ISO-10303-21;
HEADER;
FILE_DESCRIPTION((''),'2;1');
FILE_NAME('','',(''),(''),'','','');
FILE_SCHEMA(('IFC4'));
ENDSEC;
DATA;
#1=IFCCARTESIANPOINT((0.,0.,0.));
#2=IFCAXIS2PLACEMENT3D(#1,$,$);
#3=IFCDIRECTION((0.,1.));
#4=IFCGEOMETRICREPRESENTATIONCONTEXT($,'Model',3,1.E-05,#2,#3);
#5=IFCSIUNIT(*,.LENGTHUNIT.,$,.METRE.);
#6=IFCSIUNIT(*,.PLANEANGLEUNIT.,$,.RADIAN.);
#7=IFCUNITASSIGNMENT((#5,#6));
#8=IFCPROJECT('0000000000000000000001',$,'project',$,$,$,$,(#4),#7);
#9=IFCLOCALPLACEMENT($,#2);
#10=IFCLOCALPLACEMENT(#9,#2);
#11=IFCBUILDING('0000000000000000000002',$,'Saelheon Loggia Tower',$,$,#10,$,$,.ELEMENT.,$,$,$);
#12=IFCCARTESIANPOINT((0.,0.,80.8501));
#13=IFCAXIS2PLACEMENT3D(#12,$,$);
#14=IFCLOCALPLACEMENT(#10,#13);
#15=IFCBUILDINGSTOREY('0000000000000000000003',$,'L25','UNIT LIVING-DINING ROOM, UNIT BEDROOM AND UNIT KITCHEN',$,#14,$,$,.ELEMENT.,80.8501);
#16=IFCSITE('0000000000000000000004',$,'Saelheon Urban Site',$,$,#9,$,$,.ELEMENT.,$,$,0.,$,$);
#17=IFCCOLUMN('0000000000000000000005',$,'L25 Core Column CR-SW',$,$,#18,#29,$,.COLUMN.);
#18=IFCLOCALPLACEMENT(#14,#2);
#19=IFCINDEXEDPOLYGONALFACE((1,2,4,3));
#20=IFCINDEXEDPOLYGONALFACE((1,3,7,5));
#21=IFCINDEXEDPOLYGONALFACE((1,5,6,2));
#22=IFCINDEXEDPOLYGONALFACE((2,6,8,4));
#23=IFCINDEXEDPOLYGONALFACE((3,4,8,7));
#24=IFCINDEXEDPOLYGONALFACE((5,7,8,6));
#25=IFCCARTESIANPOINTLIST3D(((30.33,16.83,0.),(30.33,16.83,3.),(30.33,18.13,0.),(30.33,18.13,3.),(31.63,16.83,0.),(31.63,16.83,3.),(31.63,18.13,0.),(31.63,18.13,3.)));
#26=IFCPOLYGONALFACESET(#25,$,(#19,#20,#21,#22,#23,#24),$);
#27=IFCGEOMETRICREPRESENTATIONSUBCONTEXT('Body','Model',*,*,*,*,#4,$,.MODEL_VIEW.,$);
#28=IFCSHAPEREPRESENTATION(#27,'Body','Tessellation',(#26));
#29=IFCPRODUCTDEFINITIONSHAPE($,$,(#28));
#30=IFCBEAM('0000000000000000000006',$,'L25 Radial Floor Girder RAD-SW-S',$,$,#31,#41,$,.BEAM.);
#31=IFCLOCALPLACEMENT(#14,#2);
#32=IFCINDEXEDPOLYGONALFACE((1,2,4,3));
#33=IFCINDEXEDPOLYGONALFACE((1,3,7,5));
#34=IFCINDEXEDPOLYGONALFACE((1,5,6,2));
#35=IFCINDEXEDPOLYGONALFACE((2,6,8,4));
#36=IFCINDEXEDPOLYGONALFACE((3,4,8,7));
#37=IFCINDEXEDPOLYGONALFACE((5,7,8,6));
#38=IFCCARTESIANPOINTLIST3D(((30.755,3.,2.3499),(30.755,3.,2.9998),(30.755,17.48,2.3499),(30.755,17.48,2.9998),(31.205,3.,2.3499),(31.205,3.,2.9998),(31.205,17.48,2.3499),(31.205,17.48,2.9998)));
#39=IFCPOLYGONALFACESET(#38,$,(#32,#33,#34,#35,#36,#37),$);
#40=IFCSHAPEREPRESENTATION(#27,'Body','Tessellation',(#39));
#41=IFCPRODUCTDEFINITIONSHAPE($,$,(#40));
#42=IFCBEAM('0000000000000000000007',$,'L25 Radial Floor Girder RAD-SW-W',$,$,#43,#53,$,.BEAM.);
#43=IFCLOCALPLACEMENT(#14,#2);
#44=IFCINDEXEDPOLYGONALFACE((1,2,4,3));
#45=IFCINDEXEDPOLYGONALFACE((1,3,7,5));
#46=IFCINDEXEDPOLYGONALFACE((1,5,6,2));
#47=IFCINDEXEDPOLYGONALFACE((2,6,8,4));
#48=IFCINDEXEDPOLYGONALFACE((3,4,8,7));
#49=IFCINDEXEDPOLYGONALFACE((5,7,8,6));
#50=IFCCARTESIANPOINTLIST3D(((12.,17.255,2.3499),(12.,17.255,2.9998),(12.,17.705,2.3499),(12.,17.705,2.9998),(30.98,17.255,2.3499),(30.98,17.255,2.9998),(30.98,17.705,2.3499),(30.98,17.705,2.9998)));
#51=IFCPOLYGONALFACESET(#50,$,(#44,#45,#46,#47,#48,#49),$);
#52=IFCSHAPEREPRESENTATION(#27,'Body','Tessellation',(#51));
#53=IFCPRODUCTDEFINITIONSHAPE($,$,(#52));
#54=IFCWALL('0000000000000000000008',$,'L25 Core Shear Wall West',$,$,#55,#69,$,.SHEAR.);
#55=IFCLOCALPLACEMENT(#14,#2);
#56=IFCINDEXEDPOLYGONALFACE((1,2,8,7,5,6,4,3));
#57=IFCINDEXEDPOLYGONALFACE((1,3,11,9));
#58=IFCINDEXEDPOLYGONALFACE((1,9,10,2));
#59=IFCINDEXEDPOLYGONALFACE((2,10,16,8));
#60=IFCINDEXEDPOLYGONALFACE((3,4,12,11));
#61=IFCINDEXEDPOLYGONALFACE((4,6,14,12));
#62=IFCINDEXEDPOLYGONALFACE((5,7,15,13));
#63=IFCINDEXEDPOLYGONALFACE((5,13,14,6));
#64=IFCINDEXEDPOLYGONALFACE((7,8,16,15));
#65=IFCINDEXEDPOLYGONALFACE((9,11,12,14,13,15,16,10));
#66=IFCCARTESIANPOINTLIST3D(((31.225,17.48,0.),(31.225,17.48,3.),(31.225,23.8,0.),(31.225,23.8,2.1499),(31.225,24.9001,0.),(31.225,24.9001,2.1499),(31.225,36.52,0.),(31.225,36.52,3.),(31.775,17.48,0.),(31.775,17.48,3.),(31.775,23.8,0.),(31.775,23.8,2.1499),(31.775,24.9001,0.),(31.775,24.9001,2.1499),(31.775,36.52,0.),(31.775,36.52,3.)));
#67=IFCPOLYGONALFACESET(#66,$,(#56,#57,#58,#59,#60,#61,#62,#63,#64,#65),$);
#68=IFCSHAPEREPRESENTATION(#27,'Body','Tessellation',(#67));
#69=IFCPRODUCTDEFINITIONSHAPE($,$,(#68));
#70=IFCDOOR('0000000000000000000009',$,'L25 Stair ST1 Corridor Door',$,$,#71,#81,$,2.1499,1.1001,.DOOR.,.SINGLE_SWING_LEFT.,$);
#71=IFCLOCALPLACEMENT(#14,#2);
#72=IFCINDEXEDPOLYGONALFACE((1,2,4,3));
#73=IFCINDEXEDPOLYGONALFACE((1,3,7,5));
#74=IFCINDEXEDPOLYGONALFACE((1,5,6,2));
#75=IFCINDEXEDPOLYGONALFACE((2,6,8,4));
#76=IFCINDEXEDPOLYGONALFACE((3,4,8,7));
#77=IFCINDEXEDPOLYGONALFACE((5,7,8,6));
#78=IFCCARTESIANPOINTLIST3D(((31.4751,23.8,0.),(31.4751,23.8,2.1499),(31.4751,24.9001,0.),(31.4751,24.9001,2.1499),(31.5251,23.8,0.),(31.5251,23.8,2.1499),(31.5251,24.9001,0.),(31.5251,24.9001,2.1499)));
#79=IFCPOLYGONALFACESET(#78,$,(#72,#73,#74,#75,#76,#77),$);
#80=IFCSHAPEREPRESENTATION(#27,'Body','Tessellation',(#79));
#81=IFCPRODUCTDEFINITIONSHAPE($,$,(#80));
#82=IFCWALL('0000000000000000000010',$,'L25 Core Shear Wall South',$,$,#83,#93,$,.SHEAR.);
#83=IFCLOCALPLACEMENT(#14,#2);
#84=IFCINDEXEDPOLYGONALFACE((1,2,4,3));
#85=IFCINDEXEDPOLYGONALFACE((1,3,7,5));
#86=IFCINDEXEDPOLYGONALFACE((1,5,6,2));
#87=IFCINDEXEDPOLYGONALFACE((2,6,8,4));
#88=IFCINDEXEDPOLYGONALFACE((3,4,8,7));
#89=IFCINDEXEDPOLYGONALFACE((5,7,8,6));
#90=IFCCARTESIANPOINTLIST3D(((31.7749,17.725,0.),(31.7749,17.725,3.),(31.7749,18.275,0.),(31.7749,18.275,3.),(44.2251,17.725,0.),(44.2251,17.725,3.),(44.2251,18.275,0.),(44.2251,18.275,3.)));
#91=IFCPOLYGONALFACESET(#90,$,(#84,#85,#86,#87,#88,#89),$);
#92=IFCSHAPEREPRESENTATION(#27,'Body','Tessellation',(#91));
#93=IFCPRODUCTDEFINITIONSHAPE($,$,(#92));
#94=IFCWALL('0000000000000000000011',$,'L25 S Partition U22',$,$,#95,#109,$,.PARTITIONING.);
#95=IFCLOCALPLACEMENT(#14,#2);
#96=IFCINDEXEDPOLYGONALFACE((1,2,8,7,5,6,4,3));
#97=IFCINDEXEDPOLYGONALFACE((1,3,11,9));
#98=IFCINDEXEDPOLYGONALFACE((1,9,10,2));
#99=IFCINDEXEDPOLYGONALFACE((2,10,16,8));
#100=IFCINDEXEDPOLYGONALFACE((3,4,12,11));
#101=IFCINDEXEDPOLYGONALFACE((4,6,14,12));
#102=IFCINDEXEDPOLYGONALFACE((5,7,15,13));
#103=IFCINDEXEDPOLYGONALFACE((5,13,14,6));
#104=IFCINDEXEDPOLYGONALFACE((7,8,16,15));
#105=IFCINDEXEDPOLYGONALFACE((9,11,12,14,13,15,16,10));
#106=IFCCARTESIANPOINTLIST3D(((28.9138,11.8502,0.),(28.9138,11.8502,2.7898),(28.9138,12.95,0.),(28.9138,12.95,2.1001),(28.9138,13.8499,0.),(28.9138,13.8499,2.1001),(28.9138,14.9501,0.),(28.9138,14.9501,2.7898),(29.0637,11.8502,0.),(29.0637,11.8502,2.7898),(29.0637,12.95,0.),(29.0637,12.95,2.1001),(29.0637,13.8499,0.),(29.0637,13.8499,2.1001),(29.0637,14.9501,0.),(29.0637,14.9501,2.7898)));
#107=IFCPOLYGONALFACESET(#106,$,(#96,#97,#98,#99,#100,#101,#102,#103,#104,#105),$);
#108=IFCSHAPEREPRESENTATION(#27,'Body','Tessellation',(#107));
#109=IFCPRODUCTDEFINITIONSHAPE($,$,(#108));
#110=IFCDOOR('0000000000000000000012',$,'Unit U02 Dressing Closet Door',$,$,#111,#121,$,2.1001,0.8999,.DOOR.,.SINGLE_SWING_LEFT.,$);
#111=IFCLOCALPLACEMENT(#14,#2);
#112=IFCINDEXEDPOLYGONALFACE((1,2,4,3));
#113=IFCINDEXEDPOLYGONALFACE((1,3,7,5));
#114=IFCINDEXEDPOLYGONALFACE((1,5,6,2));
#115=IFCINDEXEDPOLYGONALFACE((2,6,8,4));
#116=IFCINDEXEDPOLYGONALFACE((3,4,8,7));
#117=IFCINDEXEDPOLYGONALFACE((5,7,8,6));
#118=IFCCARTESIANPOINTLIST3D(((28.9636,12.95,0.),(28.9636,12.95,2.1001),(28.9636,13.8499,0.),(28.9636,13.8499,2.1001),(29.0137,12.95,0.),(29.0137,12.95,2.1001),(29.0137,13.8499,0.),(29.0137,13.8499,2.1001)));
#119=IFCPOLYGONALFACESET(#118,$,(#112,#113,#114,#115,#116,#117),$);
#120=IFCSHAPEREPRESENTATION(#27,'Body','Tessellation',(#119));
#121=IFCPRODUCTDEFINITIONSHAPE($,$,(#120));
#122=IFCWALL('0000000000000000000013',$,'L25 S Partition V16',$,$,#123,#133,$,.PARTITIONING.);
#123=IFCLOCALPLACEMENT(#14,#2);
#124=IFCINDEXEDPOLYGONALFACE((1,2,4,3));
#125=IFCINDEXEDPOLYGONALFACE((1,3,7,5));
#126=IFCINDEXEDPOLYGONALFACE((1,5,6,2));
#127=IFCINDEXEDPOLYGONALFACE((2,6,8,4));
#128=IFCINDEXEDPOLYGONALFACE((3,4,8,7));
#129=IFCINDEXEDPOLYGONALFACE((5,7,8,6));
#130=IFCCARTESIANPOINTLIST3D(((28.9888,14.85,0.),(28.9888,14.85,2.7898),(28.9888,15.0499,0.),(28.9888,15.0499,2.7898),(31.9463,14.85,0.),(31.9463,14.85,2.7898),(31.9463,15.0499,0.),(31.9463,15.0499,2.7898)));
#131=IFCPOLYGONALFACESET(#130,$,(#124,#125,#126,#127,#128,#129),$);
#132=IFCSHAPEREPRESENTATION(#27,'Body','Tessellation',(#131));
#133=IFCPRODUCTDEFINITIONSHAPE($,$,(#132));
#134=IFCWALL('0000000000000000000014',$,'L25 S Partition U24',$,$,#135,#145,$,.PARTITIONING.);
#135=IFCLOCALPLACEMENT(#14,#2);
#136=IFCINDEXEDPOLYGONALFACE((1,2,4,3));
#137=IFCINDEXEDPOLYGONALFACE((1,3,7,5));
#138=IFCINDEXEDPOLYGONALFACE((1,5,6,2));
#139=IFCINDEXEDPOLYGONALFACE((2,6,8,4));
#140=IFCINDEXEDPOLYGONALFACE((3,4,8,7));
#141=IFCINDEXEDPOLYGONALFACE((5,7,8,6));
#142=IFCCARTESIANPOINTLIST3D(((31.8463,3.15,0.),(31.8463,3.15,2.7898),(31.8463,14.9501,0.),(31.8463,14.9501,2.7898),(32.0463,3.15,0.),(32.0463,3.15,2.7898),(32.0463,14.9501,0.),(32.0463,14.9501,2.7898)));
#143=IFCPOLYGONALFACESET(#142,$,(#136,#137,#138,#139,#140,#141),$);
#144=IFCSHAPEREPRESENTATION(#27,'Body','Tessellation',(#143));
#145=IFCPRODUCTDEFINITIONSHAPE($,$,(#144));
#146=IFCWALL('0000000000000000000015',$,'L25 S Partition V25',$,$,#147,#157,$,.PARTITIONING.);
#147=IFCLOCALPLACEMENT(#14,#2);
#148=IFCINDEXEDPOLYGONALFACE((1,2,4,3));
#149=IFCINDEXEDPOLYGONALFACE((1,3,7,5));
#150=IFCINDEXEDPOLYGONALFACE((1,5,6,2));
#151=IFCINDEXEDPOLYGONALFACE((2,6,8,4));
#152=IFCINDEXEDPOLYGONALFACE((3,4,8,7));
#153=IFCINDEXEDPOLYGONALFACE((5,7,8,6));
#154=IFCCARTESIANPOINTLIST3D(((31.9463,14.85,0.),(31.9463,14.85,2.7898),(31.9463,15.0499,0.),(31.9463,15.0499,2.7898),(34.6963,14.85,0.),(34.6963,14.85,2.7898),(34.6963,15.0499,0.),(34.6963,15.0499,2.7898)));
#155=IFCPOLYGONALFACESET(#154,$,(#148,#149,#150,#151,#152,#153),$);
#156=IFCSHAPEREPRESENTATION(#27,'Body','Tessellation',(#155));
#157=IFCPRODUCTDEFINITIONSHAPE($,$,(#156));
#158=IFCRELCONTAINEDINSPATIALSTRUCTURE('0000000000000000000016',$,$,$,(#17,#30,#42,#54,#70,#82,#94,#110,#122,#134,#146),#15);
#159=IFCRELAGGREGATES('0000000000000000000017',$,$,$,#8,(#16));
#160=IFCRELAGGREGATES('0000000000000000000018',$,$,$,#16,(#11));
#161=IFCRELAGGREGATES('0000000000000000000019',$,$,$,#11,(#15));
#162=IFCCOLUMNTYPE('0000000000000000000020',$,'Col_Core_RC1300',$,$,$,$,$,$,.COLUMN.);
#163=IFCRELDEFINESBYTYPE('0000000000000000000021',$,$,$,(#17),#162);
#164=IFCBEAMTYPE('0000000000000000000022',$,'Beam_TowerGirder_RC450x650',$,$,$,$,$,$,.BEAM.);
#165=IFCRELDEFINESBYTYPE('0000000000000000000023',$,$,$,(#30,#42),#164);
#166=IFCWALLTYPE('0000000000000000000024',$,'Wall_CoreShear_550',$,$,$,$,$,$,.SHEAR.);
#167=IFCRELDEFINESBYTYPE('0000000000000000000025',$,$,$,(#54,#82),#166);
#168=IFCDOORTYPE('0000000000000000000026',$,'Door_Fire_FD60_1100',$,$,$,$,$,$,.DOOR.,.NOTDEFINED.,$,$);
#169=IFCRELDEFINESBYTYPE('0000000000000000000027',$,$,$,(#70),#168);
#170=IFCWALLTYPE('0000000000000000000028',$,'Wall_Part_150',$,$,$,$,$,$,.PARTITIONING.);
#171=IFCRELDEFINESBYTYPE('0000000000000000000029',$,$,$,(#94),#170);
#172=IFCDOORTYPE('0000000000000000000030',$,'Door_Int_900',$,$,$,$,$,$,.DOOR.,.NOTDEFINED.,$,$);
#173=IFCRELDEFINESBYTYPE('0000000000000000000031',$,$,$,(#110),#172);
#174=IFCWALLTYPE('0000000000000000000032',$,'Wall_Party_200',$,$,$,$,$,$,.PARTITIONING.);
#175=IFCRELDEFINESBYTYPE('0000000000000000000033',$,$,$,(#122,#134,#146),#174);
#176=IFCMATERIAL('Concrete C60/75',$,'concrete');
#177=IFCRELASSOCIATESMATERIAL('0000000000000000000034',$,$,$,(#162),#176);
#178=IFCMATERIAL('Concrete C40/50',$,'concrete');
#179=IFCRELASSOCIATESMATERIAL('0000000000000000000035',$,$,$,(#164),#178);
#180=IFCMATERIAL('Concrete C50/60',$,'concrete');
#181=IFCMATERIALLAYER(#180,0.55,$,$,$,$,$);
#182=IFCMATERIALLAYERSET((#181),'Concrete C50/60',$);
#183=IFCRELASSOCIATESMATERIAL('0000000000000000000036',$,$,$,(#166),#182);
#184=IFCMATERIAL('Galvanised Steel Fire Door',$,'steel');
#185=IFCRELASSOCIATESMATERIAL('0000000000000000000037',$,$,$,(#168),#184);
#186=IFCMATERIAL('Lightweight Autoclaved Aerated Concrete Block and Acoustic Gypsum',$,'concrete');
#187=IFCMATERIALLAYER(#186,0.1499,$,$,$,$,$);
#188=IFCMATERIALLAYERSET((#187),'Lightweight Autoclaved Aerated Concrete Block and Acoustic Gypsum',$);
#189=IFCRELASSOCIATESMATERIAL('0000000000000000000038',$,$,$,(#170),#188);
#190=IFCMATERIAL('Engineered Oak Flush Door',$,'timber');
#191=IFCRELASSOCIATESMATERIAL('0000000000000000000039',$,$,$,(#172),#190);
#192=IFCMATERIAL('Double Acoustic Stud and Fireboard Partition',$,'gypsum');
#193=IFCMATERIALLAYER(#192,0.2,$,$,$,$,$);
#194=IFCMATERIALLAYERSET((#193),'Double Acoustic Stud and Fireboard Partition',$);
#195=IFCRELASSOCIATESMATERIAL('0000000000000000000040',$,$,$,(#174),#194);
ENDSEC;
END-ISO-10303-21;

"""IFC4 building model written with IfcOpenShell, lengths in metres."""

from ifc_helpers import new_model, si_unit, direction, frame, frame_2d, origin, origin_2d, place, context, subcontext, project, spatial, rectangle, extrude, source, transform, mapped, material, layer, layer_set, material_profile, profile_set, type_object, element, fill, save


model = new_model("IFC4")

# Units and contexts
model_context = context("Model", 3, precision=1e-05, world=origin(), true_north=direction((0.0, 1.0)))
body_context = subcontext(model_context, "Body", "Model", "MODEL_VIEW")
ifc_project = project(units=[si_unit("LENGTHUNIT", "METRE"), si_unit("PLANEANGLEUNIT", "RADIAN")], contexts=[model_context])

# Site, building, storey
site_placement = place(None, origin())
site = spatial("IfcSite", under=ifc_project, at=site_placement, Name="Saelheon Urban Site", CompositionType="ELEMENT", RefElevation=0.0)
building_placement = place(site_placement, origin())
building = spatial("IfcBuilding", under=site, at=building_placement, Name="Saelheon Loggia Tower", CompositionType="ELEMENT")
storey_placement = place(building_placement, frame((0.0, 0.0, 80.8501)))
storey = spatial("IfcBuildingStorey", under=building, at=storey_placement, Name="L25", Description="UNIT LIVING-DINING ROOM, UNIT BEDROOM AND UNIT KITCHEN", CompositionType="ELEMENT", Elevation=80.8501)

# Column
ifc_material_1 = material(Name="Concrete C60/75", Category="concrete")
ifc_material_profile_1 = material_profile(ifc_material_1, rectangle(XDim=1.3, YDim=1.3, at=origin_2d()), Name="RC-1300x1300")
ifc_profile_set_1 = profile_set([ifc_material_profile_1], Name="Concrete C60/75")
column_type = type_object("IfcColumnType", Name="Col_Core_RC1300", PredefinedType="COLUMN", material=ifc_profile_set_1)
shared_shape_1 = source(origin(), body_context, "Body", "SweptSolid", [
    extrude(rectangle(XDim=1.3, YDim=1.3, at=origin_2d()), origin(), (0.0, 0.0, 1.0), 3.0),
])
column_placement = place(storey_placement, frame((30.98, 17.48, 0.0), z_axis=(0.0, 0.0, 1.0), x_axis=(1.0, 0.0, 0.0)))
element("IfcColumn", 1, at=column_placement, inside=storey, type_object=column_type, Name="L25 Core Column CR-SW", PredefinedType="COLUMN", context=body_context, shape_type="MappedRepresentation", body=[
    mapped(shared_shape_1, transform((0.0, 0.0, 0.0), scale=1.0)),
])

# Beams
ifc_material_2 = material(Name="Concrete C40/50", Category="concrete")
ifc_material_profile_2 = material_profile(ifc_material_2, rectangle(XDim=0.45, YDim=0.6499, at=origin_2d()), Name="RC-450x650")
ifc_profile_set_2 = profile_set([ifc_material_profile_2], Name="Concrete C40/50")
beam_type = type_object("IfcBeamType", Name="Beam_TowerGirder_RC450x650", PredefinedType="BEAM", material=ifc_profile_set_2)
shared_shape_2 = source(origin(), body_context, "Body", "SweptSolid", [
    extrude(rectangle(XDim=0.45, YDim=0.6499, at=origin_2d()), origin(), (0.0, 0.0, 1.0), 14.48),
])
beam_1_placement = place(storey_placement, frame((30.98, 17.48, 2.6748), z_axis=(0.0, -1.0, 0.0), x_axis=(1.0, 0.0, 0.0)))
element("IfcBeam", 2, at=beam_1_placement, inside=storey, type_object=beam_type, Name="L25 Radial Floor Girder RAD-SW-S", PredefinedType="BEAM", context=body_context, shape_type="MappedRepresentation", body=[
    mapped(shared_shape_2, transform((0.0, 0.0, 0.0), scale=1.0)),
])
shared_shape_3 = source(origin(), body_context, "Body", "SweptSolid", [
    extrude(rectangle(XDim=0.45, YDim=0.6499, at=origin_2d()), origin(), (0.0, 0.0, 1.0), 18.98),
])
beam_2_placement = place(storey_placement, frame((30.98, 17.48, 2.6748), z_axis=(-1.0, 0.0, 0.0), x_axis=(0.0, -1.0, 0.0)))
element("IfcBeam", 3, at=beam_2_placement, inside=storey, type_object=beam_type, Name="L25 Radial Floor Girder RAD-SW-W", PredefinedType="BEAM", context=body_context, shape_type="MappedRepresentation", body=[
    mapped(shared_shape_3, transform((0.0, 0.0, 0.0), scale=1.0)),
])

# Wall, opening, door
ifc_material_3 = material(Name="Concrete C50/60", Category="concrete")
ifc_layer_1 = layer(ifc_material_3, 0.55)
ifc_layer_set_1 = layer_set([ifc_layer_1], Name="Concrete C50/60")
wall_type_1 = type_object("IfcWallType", Name="Wall_CoreShear_550", PredefinedType="SHEAR", material=ifc_layer_set_1)
wall_1_placement = place(storey_placement, frame((31.5, 17.48, 0.0), z_axis=(0.0, 0.0, 1.0), x_axis=(0.0, 1.0, 0.0)))
wall_1 = element("IfcWall", 4, at=wall_1_placement, inside=storey, type_object=wall_type_1, Name="L25 Core Shear Wall West", PredefinedType="SHEAR", context=body_context, shape_type="SweptSolid", body=[
    extrude(rectangle(XDim=19.04, YDim=0.55, at=frame_2d((9.52, 0.0))), origin(), (0.0, 0.0, 1.0), 3.0),
])
opening_1_placement = place(wall_1_placement, frame((6.3201, 0.0, 0.0)))
opening_1 = element("IfcOpeningElement", 5, at=opening_1_placement, cuts=wall_1, PredefinedType="OPENING", context=body_context, shape_type="SweptSolid", body=[
    extrude(rectangle(XDim=1.1001, YDim=2.1499, at=frame_2d((0.55, 1.075))), frame((0.0, 0.2871, 0.0), z_axis=(0.0, -1.0, 0.0), x_axis=(1.0, 0.0, 0.0)), (0.0, 0.0, 1.0), 0.574),
])
ifc_material_4 = material(Name="Galvanised Steel Fire Door", Category="steel")
door_type_1 = type_object("IfcDoorType", Name="Door_Fire_FD60_1100", OperationType="NOTDEFINED", PredefinedType="DOOR", material=ifc_material_4)
shared_shape_4 = source(origin(), body_context, "Body", "SweptSolid", [
    extrude(rectangle(XDim=1.1001, YDim=2.1499, at=frame_2d((0.55, 1.075))), frame((0.0, 0.0249, 0.0), z_axis=(0.0, -1.0, 0.0), x_axis=(1.0, 0.0, 0.0)), (0.0, 0.0, 1.0), 0.05),
])
door_1_placement = place(opening_1_placement, origin())
door_1 = element("IfcDoor", 6, at=door_1_placement, inside=storey, type_object=door_type_1, Name="L25 Stair ST1 Corridor Door", OperationType="SINGLE_SWING_LEFT", OverallHeight=2.1499, OverallWidth=1.1001, PredefinedType="DOOR", context=body_context, shape_type="MappedRepresentation", body=[
    mapped(shared_shape_4, transform((0.0, 0.0, 0.0), scale=1.0)),
])
fill(opening_1, door_1)

# Wall
wall_2_placement = place(storey_placement, frame((31.7749, 18.0, 0.0), z_axis=(0.0, 0.0, 1.0), x_axis=(1.0, 0.0, 0.0)))
element("IfcWall", 7, at=wall_2_placement, inside=storey, type_object=wall_type_1, Name="L25 Core Shear Wall South", PredefinedType="SHEAR", context=body_context, shape_type="SweptSolid", body=[
    extrude(rectangle(XDim=12.4502, YDim=0.55, at=frame_2d((6.2251, 0.0))), origin(), (0.0, 0.0, 1.0), 3.0),
])

# Wall, opening, door
ifc_material_5 = material(Name="Lightweight Autoclaved Aerated Concrete Block and Acoustic Gypsum", Category="concrete")
ifc_layer_2 = layer(ifc_material_5, 0.1499)
ifc_layer_set_2 = layer_set([ifc_layer_2], Name="Lightweight Autoclaved Aerated Concrete Block and Acoustic Gypsum")
wall_type_2 = type_object("IfcWallType", Name="Wall_Part_150", PredefinedType="PARTITIONING", material=ifc_layer_set_2)
wall_3_placement = place(storey_placement, frame((28.9888, 14.95, 0.0), z_axis=(0.0, 0.0, 1.0), x_axis=(0.0, -1.0, 0.0)))
wall_3 = element("IfcWall", 8, at=wall_3_placement, inside=storey, type_object=wall_type_2, Name="L25 S Partition U22", PredefinedType="PARTITIONING", context=body_context, shape_type="SweptSolid", body=[
    extrude(rectangle(XDim=3.0999, YDim=0.1499, at=frame_2d((1.5498, 0.0))), origin(), (0.0, 0.0, 1.0), 2.7898),
])
opening_2_placement = place(wall_3_placement, frame((1.1001, 0.0, 0.0)))
opening_2 = element("IfcOpeningElement", 9, at=opening_2_placement, cuts=wall_3, PredefinedType="OPENING", context=body_context, shape_type="SweptSolid", body=[
    extrude(rectangle(XDim=0.8999, YDim=2.1001, at=frame_2d((0.45, 1.05))), frame((0.0, 0.0869, 0.0), z_axis=(0.0, -1.0, 0.0), x_axis=(1.0, 0.0, 0.0)), (0.0, 0.0, 1.0), 0.1738),
])
ifc_material_6 = material(Name="Engineered Oak Flush Door", Category="timber")
door_type_2 = type_object("IfcDoorType", Name="Door_Int_900", OperationType="NOTDEFINED", PredefinedType="DOOR", material=ifc_material_6)
shared_shape_5 = source(origin(), body_context, "Body", "SweptSolid", [
    extrude(rectangle(XDim=0.8999, YDim=2.1001, at=frame_2d((0.45, 1.05))), frame((0.0, 0.0249, 0.0), z_axis=(0.0, -1.0, 0.0), x_axis=(1.0, 0.0, 0.0)), (0.0, 0.0, 1.0), 0.05),
])
door_2_placement = place(opening_2_placement, origin())
door_2 = element("IfcDoor", 10, at=door_2_placement, inside=storey, type_object=door_type_2, Name="Unit U02 Dressing Closet Door", OperationType="SINGLE_SWING_LEFT", OverallHeight=2.1001, OverallWidth=0.8999, PredefinedType="DOOR", context=body_context, shape_type="MappedRepresentation", body=[
    mapped(shared_shape_5, transform((0.0, 0.0, 0.0), scale=1.0)),
])
fill(opening_2, door_2)

# Walls
ifc_material_7 = material(Name="Double Acoustic Stud and Fireboard Partition", Category="gypsum")
ifc_layer_3 = layer(ifc_material_7, 0.2)
ifc_layer_set_3 = layer_set([ifc_layer_3], Name="Double Acoustic Stud and Fireboard Partition")
wall_type_3 = type_object("IfcWallType", Name="Wall_Party_200", PredefinedType="PARTITIONING", material=ifc_layer_set_3)
wall_4_placement = place(storey_placement, frame((28.9888, 14.95, 0.0), z_axis=(0.0, 0.0, 1.0), x_axis=(1.0, 0.0, 0.0)))
element("IfcWall", 11, at=wall_4_placement, inside=storey, type_object=wall_type_3, Name="L25 S Partition V16", PredefinedType="PARTITIONING", context=body_context, shape_type="SweptSolid", body=[
    extrude(rectangle(XDim=2.9575, YDim=0.2, at=frame_2d((1.4788, 0.0))), origin(), (0.0, 0.0, 1.0), 2.7898),
])
wall_5_placement = place(storey_placement, frame((31.9463, 14.95, 0.0), z_axis=(0.0, 0.0, 1.0), x_axis=(0.0, -1.0, 0.0)))
element("IfcWall", 12, at=wall_5_placement, inside=storey, type_object=wall_type_3, Name="L25 S Partition U24", PredefinedType="PARTITIONING", context=body_context, shape_type="SweptSolid", body=[
    extrude(rectangle(XDim=11.8, YDim=0.2, at=frame_2d((5.8999, 0.0))), origin(), (0.0, 0.0, 1.0), 2.7898),
])
wall_6_placement = place(storey_placement, frame((31.9463, 14.95, 0.0), z_axis=(0.0, 0.0, 1.0), x_axis=(1.0, 0.0, 0.0)))
element("IfcWall", 13, at=wall_6_placement, inside=storey, type_object=wall_type_3, Name="L25 S Partition V25", PredefinedType="PARTITIONING", context=body_context, shape_type="SweptSolid", body=[
    extrude(rectangle(XDim=2.75, YDim=0.2, at=frame_2d((1.375, 0.0))), origin(), (0.0, 0.0, 1.0), 2.7898),
])

save(model, "model.ifc")
